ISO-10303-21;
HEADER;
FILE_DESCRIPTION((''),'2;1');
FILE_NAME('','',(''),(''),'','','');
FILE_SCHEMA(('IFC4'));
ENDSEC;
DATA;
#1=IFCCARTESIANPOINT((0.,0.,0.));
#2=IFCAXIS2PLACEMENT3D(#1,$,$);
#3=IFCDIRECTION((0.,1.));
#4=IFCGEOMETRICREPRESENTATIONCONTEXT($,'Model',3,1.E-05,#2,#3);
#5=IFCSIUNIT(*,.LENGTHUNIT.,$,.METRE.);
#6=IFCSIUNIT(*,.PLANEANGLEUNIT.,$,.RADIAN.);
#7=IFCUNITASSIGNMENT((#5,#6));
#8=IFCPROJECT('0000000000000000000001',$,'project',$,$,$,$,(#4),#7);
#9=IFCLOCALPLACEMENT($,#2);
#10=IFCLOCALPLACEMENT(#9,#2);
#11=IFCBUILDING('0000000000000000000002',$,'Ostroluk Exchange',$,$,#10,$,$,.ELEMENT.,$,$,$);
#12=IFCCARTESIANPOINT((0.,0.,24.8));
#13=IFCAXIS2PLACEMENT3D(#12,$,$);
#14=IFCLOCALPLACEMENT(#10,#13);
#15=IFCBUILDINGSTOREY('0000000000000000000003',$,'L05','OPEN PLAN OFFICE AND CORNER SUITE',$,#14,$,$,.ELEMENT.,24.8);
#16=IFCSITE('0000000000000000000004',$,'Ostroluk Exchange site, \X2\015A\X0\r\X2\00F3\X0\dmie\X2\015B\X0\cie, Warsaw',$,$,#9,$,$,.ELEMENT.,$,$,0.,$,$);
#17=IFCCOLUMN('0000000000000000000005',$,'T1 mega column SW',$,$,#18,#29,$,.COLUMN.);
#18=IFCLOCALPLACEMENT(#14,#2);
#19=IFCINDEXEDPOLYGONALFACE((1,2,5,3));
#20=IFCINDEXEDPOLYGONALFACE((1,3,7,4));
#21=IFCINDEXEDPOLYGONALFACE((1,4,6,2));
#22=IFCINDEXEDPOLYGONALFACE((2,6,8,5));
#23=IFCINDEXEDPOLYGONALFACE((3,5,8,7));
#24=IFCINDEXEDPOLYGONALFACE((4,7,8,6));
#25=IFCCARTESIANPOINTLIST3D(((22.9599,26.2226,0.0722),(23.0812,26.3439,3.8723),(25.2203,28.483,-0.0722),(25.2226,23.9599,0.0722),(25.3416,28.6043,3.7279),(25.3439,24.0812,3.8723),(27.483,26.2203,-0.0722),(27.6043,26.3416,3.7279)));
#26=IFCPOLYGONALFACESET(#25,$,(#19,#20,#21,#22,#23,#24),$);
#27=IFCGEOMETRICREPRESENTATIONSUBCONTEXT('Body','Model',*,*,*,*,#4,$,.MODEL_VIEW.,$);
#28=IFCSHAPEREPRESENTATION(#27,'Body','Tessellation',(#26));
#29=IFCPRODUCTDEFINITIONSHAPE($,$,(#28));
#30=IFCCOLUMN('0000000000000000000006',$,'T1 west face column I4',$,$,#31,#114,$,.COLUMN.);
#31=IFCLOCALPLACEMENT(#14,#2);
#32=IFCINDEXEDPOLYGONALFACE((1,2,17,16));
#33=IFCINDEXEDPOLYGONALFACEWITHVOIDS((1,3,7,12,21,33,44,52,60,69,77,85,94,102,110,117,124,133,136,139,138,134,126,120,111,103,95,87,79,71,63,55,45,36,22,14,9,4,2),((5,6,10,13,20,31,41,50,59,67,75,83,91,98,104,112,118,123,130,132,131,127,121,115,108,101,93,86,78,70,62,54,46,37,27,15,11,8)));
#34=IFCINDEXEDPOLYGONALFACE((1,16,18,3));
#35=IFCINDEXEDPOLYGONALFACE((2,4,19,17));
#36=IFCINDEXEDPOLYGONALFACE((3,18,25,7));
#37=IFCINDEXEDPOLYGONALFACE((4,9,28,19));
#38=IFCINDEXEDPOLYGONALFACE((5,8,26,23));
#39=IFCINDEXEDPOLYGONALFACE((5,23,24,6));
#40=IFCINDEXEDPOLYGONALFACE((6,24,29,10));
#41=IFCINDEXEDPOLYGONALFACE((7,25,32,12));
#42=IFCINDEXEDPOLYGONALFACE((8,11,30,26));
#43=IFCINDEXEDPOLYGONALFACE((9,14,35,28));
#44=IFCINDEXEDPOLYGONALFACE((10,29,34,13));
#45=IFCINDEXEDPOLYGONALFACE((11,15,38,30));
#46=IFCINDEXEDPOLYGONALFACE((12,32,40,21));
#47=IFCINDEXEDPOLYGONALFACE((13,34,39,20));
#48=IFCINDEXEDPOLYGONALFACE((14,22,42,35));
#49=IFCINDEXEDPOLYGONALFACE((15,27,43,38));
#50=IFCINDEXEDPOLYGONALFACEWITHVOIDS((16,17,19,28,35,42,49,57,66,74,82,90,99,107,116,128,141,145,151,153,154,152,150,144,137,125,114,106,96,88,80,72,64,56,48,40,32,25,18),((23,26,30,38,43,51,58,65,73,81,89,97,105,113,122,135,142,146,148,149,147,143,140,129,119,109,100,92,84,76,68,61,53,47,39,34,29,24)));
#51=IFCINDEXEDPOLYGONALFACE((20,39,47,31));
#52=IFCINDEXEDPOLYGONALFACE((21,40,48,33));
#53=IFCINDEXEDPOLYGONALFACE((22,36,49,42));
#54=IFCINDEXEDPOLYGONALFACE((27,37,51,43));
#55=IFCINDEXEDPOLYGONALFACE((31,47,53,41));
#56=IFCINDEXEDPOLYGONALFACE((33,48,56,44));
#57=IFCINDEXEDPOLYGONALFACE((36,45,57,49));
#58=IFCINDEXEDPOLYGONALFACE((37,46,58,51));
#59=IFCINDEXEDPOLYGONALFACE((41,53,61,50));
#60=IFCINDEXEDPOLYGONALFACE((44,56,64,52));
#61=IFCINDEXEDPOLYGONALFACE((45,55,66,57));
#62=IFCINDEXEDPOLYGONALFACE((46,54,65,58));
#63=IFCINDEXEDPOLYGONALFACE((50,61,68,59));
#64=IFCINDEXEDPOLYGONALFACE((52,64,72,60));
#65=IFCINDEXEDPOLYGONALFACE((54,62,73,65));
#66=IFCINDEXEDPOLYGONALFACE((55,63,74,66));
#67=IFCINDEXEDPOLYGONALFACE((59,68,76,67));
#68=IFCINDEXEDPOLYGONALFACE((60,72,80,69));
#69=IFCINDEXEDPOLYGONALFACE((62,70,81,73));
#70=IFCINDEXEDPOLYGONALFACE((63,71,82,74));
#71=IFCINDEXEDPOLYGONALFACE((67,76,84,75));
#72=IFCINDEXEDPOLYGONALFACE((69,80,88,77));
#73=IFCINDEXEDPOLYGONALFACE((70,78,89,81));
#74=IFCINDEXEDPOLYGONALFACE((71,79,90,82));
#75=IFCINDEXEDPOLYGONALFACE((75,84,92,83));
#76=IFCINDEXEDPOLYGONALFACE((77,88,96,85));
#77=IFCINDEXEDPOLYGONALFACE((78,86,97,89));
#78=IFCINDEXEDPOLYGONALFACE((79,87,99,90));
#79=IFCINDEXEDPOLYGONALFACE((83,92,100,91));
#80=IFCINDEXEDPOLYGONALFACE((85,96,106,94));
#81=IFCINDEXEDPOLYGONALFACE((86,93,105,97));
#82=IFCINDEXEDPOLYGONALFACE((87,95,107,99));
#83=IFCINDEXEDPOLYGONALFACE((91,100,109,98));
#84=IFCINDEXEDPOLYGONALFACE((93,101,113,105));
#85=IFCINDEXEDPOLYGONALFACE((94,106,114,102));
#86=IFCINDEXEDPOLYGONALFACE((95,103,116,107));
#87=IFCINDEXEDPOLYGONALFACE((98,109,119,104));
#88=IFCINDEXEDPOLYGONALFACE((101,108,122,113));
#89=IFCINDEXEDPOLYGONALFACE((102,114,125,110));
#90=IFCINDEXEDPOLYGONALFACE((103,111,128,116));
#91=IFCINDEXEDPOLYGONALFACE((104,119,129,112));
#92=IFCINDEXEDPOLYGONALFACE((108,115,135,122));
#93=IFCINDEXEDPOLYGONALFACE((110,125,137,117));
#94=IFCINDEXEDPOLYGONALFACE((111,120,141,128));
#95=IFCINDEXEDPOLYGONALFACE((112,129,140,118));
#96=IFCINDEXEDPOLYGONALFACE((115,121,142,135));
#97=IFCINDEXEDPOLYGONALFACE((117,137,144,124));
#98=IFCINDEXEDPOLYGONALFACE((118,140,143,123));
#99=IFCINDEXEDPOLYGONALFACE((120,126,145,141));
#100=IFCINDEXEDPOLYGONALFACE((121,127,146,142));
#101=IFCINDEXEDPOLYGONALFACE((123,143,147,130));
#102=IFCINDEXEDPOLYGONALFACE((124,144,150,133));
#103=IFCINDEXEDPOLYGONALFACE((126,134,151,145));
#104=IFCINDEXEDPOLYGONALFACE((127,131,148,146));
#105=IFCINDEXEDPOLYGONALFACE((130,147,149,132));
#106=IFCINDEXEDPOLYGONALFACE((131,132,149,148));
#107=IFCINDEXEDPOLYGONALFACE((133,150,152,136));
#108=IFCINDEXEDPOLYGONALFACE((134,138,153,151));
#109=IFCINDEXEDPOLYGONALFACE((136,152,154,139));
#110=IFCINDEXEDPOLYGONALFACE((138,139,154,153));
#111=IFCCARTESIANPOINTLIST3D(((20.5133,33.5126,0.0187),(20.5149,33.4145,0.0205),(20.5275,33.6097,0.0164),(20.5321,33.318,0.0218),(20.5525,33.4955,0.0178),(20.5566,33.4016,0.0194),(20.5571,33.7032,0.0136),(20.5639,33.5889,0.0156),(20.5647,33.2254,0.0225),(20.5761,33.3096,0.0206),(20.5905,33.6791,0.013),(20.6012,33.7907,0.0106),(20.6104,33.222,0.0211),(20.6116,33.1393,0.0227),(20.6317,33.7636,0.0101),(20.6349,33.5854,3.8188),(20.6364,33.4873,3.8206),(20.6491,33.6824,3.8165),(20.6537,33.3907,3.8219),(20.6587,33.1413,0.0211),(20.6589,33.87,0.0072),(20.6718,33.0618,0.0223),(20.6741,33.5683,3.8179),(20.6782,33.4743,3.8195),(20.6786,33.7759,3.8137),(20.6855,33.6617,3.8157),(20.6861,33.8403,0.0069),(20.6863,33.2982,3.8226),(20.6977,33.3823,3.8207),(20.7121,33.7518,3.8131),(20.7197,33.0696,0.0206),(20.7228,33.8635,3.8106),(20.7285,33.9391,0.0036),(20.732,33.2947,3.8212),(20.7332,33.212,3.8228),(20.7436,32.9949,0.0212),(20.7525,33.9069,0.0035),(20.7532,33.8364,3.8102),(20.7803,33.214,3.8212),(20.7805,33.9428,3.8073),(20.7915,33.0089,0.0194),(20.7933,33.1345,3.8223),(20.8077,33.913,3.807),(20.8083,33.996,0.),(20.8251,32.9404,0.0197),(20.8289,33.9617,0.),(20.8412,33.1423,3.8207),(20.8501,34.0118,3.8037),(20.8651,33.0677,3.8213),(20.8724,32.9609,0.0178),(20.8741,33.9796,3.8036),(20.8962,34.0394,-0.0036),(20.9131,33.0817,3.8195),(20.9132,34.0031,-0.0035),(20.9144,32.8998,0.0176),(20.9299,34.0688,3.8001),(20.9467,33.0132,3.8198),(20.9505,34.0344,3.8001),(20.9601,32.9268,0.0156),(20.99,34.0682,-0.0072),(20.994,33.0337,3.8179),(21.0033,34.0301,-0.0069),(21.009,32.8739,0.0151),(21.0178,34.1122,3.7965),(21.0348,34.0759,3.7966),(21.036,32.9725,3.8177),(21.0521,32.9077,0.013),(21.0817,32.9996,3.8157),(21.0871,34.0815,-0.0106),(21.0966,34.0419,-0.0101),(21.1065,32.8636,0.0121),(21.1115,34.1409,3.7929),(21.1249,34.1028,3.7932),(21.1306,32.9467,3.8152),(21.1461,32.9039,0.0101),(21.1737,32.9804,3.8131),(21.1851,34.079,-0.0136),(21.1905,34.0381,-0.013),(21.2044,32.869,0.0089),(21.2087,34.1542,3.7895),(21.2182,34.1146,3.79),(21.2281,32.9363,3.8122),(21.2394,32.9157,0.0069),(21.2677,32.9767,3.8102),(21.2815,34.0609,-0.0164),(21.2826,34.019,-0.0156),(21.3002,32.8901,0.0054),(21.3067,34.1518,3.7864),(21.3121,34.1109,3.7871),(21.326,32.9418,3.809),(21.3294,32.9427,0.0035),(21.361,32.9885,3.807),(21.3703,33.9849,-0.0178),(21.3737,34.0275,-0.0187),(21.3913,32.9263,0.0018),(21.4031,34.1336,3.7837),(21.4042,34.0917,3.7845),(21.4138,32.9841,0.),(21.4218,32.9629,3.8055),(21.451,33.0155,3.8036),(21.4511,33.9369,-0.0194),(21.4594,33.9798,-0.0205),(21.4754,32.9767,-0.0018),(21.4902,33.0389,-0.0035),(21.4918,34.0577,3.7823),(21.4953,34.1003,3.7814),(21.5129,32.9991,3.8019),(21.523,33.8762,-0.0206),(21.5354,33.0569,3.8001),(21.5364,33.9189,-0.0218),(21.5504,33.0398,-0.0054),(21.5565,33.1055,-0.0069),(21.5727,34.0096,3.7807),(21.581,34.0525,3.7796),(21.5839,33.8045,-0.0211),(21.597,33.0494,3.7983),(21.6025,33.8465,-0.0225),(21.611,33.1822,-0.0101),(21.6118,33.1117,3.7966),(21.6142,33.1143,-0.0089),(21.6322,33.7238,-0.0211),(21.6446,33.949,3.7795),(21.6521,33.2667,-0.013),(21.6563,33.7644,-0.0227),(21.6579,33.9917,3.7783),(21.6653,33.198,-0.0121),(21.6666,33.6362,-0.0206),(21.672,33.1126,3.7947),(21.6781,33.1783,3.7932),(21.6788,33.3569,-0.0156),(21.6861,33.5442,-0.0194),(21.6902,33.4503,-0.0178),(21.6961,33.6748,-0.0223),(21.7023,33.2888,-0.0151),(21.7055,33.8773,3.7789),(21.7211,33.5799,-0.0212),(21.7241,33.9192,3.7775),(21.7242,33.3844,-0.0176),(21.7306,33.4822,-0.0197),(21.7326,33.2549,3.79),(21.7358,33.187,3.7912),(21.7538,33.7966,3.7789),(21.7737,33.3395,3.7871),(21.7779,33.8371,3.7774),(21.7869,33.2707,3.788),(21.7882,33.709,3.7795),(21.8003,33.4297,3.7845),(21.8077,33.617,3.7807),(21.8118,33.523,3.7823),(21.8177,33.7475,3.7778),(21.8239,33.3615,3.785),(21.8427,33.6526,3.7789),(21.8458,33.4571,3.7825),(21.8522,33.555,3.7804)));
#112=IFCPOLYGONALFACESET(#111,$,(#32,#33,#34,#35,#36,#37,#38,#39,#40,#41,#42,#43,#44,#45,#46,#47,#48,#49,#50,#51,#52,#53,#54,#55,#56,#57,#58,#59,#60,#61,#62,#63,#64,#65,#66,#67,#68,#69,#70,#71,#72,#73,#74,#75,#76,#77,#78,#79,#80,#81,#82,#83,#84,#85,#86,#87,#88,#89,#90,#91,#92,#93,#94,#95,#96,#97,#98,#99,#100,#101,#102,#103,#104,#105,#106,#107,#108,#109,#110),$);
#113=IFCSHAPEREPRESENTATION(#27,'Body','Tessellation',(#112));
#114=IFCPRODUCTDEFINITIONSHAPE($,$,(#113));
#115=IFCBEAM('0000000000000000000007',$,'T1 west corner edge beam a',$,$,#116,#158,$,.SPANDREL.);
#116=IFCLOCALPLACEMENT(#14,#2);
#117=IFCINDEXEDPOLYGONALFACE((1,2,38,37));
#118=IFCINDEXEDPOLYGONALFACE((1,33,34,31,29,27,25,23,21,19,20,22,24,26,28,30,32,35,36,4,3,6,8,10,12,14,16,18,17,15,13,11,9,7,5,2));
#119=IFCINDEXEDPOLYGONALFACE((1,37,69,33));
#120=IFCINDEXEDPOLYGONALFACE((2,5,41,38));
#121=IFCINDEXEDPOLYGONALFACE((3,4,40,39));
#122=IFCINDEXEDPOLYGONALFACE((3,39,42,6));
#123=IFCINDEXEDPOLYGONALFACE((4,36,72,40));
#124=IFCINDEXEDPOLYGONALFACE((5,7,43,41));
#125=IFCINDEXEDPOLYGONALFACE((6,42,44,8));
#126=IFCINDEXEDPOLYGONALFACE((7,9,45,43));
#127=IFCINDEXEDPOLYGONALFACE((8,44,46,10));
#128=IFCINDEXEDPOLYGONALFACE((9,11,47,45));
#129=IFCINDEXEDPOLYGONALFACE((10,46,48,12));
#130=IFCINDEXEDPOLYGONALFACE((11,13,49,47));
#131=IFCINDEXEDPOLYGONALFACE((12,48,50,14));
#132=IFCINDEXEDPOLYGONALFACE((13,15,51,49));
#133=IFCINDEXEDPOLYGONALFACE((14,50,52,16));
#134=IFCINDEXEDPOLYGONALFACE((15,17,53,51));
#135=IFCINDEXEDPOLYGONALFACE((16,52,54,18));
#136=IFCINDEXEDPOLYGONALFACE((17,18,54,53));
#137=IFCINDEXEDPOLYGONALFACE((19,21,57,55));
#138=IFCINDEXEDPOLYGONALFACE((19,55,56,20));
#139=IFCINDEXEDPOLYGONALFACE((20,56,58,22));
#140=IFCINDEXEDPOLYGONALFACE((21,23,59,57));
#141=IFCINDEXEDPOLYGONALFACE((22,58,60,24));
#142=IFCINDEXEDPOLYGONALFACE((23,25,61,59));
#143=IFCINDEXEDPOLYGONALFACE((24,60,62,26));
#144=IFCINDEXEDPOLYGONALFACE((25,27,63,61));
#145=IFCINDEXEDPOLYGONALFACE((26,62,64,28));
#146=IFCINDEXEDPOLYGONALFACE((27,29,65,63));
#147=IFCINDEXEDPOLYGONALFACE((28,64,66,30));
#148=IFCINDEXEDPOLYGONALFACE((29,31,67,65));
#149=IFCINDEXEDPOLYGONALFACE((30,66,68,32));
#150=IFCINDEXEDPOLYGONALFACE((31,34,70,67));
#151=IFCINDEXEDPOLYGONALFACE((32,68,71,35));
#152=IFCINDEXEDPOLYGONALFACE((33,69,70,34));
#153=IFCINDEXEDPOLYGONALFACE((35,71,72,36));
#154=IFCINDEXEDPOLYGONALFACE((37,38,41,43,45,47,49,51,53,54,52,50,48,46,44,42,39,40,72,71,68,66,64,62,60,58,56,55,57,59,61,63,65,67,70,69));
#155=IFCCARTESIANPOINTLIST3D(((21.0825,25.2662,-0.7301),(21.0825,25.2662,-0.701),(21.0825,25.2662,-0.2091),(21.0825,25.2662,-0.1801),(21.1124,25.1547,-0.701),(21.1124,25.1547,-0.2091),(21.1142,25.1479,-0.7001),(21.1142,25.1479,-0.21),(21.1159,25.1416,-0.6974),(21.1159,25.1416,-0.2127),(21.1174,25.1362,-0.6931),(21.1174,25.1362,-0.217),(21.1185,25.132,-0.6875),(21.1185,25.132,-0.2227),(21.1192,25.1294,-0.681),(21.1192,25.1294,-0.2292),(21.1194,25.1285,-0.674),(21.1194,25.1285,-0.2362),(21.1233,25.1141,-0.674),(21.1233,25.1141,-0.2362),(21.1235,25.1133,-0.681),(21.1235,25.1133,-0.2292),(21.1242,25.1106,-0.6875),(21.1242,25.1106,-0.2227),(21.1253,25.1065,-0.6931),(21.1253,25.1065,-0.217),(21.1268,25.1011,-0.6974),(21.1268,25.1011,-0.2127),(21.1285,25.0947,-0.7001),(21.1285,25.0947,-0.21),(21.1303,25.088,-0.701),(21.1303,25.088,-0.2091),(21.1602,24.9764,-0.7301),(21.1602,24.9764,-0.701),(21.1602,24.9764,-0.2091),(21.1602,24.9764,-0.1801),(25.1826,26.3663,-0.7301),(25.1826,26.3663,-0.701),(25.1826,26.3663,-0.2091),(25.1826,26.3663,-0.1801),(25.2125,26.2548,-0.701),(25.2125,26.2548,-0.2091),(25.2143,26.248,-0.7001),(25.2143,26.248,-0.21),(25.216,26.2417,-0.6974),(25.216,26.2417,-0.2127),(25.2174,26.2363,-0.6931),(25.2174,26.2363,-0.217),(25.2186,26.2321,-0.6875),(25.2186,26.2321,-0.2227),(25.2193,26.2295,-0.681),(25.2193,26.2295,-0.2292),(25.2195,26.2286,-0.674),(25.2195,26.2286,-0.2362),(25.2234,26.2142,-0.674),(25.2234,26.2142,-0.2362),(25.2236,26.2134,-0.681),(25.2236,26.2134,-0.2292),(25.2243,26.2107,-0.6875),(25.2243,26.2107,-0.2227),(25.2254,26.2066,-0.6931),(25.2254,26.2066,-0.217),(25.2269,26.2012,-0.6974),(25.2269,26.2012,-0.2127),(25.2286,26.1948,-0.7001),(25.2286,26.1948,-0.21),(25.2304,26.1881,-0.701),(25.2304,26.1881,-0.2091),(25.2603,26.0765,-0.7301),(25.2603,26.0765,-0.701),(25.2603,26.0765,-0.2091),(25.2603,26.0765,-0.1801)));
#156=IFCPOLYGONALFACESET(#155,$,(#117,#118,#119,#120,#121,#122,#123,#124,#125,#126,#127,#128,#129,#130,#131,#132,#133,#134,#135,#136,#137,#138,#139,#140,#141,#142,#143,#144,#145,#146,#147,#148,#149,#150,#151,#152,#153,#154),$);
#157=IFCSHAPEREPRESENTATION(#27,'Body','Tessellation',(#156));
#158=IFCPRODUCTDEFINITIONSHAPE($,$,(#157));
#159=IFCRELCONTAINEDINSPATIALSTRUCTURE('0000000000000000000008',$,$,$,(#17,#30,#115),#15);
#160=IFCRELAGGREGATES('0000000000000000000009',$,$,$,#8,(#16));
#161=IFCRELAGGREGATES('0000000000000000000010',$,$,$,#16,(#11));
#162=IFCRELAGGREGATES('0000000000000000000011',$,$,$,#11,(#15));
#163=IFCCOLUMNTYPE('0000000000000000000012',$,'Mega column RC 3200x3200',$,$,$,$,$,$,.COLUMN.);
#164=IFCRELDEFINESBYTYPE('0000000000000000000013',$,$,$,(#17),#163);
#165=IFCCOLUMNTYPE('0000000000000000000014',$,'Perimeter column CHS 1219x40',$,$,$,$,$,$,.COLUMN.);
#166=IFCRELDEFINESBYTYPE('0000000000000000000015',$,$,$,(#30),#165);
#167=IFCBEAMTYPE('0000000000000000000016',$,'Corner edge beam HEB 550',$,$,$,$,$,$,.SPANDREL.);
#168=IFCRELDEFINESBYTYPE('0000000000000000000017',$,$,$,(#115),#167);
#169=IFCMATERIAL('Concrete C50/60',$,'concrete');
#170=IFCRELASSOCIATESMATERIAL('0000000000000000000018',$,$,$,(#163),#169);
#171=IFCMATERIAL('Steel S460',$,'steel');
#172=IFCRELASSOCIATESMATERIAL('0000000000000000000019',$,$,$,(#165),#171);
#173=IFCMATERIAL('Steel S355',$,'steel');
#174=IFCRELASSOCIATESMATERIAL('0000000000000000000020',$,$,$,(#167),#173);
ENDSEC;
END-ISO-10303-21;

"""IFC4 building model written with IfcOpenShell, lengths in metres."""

from ifc_helpers import new_model, si_unit, direction, frame, origin, origin_2d, place, context, subcontext, project, spatial, rectangle, hollow_circle, i_section, extrude, material, material_profile, profile_set, type_object, element, save


model = new_model("IFC4")

# Units and contexts
model_context = context("Model", 3, precision=1e-05, world=origin(), true_north=direction((0.0, 1.0)))
body_context = subcontext(model_context, "Body", "Model", "MODEL_VIEW")
ifc_project = project(units=[si_unit("LENGTHUNIT", "METRE"), si_unit("PLANEANGLEUNIT", "RADIAN")], contexts=[model_context])

# Site, building, storey
site_placement = place(None, origin())
site = spatial("IfcSite", under=ifc_project, at=site_placement, Name="Ostroluk Exchange site, Śródmieście, Warsaw", CompositionType="ELEMENT", RefElevation=0.0)
building_placement = place(site_placement, origin())
building = spatial("IfcBuilding", under=site, at=building_placement, Name="Ostroluk Exchange", CompositionType="ELEMENT")
storey_placement = place(building_placement, frame((0.0, 0.0, 24.8)))
storey = spatial("IfcBuildingStorey", under=building, at=storey_placement, Name="L05", Description="OPEN PLAN OFFICE AND CORNER SUITE", CompositionType="ELEMENT", Elevation=24.8)

# Columns
ifc_material_1 = material(Name="Concrete C50/60", Category="concrete")
ifc_material_profile_1 = material_profile(ifc_material_1, rectangle(XDim=3.2, YDim=3.2, at=origin_2d()), Name="RC 3200x3200")
ifc_profile_set_1 = profile_set([ifc_material_profile_1], Name="Concrete C50/60")
column_type_1 = type_object("IfcColumnType", Name="Mega column RC 3200x3200", PredefinedType="COLUMN", material=ifc_profile_set_1)
column_1_placement = place(storey_placement, frame((25.2214, 26.2214, 0.0), z_axis=(0.031898, 0.031898, 0.998982), x_axis=(-0.707107, 0.707107, 0.0)))
element("IfcColumn", 1, at=column_1_placement, inside=storey, type_object=column_type_1, Name="T1 mega column SW", PredefinedType="COLUMN", context=body_context, shape_type="SweptSolid", body=[
    extrude(rectangle(XDim=3.2, YDim=3.2, at=origin_2d()), origin(), (0.0, 0.0, 1.0), 3.804),
])
ifc_material_2 = material(Name="Steel S460", Category="steel")
ifc_material_profile_2 = material_profile(ifc_material_2, hollow_circle(Radius=0.6096, WallThickness=0.04, at=origin_2d()), Name="CHS 1219x40")
ifc_profile_set_2 = profile_set([ifc_material_profile_2], Name="Steel S460")
column_type_2 = type_object("IfcColumnType", Name="Perimeter column CHS 1219x40", PredefinedType="COLUMN", material=ifc_profile_set_2)
column_2_placement = place(storey_placement, frame((21.1213, 33.4729, 0.0), z_axis=(0.031973, 0.019132, 0.999306), x_axis=(-0.513482, 0.8581, 0.0)))
element("IfcColumn", 2, at=column_2_placement, inside=storey, type_object=column_type_2, Name="T1 west face column I4", PredefinedType="COLUMN", context=body_context, shape_type="SweptSolid", body=[
    extrude(hollow_circle(Radius=0.6096, WallThickness=0.04, at=origin_2d()), origin(), (0.0, 0.0, 1.0), 3.8027),
])

# Beam
ifc_material_3 = material(Name="Steel S355", Category="steel")
ifc_material_profile_3 = material_profile(ifc_material_3, i_section(OverallWidth=0.3, OverallDepth=0.55, WebThickness=0.0149, FlangeThickness=0.0291, FilletRadius=0.0271, at=origin_2d()), Name="HEB 550")
ifc_profile_set_3 = profile_set([ifc_material_profile_3], Name="Steel S355")
beam_type_1 = type_object("IfcBeamType", Name="Corner edge beam HEB 550", PredefinedType="SPANDREL", material=ifc_profile_set_3)
beam_1_placement = place(storey_placement, frame((25.2214, 26.2214, -0.4551), z_axis=(-0.965839, -0.259144, 0.0), x_axis=(0.259144, -0.965839, 0.0)))
element("IfcBeam", 3, at=beam_1_placement, inside=storey, type_object=beam_type_1, Name="T1 west corner edge beam a", PredefinedType="SPANDREL", context=body_context, shape_type="SweptSolid", body=[
    extrude(i_section(OverallWidth=0.3, OverallDepth=0.55, WebThickness=0.0149, FlangeThickness=0.0291, FilletRadius=0.0271, at=origin_2d()), origin(), (0.0, 0.0, 1.0), 4.2451),
])

save(model, "model.ifc")
